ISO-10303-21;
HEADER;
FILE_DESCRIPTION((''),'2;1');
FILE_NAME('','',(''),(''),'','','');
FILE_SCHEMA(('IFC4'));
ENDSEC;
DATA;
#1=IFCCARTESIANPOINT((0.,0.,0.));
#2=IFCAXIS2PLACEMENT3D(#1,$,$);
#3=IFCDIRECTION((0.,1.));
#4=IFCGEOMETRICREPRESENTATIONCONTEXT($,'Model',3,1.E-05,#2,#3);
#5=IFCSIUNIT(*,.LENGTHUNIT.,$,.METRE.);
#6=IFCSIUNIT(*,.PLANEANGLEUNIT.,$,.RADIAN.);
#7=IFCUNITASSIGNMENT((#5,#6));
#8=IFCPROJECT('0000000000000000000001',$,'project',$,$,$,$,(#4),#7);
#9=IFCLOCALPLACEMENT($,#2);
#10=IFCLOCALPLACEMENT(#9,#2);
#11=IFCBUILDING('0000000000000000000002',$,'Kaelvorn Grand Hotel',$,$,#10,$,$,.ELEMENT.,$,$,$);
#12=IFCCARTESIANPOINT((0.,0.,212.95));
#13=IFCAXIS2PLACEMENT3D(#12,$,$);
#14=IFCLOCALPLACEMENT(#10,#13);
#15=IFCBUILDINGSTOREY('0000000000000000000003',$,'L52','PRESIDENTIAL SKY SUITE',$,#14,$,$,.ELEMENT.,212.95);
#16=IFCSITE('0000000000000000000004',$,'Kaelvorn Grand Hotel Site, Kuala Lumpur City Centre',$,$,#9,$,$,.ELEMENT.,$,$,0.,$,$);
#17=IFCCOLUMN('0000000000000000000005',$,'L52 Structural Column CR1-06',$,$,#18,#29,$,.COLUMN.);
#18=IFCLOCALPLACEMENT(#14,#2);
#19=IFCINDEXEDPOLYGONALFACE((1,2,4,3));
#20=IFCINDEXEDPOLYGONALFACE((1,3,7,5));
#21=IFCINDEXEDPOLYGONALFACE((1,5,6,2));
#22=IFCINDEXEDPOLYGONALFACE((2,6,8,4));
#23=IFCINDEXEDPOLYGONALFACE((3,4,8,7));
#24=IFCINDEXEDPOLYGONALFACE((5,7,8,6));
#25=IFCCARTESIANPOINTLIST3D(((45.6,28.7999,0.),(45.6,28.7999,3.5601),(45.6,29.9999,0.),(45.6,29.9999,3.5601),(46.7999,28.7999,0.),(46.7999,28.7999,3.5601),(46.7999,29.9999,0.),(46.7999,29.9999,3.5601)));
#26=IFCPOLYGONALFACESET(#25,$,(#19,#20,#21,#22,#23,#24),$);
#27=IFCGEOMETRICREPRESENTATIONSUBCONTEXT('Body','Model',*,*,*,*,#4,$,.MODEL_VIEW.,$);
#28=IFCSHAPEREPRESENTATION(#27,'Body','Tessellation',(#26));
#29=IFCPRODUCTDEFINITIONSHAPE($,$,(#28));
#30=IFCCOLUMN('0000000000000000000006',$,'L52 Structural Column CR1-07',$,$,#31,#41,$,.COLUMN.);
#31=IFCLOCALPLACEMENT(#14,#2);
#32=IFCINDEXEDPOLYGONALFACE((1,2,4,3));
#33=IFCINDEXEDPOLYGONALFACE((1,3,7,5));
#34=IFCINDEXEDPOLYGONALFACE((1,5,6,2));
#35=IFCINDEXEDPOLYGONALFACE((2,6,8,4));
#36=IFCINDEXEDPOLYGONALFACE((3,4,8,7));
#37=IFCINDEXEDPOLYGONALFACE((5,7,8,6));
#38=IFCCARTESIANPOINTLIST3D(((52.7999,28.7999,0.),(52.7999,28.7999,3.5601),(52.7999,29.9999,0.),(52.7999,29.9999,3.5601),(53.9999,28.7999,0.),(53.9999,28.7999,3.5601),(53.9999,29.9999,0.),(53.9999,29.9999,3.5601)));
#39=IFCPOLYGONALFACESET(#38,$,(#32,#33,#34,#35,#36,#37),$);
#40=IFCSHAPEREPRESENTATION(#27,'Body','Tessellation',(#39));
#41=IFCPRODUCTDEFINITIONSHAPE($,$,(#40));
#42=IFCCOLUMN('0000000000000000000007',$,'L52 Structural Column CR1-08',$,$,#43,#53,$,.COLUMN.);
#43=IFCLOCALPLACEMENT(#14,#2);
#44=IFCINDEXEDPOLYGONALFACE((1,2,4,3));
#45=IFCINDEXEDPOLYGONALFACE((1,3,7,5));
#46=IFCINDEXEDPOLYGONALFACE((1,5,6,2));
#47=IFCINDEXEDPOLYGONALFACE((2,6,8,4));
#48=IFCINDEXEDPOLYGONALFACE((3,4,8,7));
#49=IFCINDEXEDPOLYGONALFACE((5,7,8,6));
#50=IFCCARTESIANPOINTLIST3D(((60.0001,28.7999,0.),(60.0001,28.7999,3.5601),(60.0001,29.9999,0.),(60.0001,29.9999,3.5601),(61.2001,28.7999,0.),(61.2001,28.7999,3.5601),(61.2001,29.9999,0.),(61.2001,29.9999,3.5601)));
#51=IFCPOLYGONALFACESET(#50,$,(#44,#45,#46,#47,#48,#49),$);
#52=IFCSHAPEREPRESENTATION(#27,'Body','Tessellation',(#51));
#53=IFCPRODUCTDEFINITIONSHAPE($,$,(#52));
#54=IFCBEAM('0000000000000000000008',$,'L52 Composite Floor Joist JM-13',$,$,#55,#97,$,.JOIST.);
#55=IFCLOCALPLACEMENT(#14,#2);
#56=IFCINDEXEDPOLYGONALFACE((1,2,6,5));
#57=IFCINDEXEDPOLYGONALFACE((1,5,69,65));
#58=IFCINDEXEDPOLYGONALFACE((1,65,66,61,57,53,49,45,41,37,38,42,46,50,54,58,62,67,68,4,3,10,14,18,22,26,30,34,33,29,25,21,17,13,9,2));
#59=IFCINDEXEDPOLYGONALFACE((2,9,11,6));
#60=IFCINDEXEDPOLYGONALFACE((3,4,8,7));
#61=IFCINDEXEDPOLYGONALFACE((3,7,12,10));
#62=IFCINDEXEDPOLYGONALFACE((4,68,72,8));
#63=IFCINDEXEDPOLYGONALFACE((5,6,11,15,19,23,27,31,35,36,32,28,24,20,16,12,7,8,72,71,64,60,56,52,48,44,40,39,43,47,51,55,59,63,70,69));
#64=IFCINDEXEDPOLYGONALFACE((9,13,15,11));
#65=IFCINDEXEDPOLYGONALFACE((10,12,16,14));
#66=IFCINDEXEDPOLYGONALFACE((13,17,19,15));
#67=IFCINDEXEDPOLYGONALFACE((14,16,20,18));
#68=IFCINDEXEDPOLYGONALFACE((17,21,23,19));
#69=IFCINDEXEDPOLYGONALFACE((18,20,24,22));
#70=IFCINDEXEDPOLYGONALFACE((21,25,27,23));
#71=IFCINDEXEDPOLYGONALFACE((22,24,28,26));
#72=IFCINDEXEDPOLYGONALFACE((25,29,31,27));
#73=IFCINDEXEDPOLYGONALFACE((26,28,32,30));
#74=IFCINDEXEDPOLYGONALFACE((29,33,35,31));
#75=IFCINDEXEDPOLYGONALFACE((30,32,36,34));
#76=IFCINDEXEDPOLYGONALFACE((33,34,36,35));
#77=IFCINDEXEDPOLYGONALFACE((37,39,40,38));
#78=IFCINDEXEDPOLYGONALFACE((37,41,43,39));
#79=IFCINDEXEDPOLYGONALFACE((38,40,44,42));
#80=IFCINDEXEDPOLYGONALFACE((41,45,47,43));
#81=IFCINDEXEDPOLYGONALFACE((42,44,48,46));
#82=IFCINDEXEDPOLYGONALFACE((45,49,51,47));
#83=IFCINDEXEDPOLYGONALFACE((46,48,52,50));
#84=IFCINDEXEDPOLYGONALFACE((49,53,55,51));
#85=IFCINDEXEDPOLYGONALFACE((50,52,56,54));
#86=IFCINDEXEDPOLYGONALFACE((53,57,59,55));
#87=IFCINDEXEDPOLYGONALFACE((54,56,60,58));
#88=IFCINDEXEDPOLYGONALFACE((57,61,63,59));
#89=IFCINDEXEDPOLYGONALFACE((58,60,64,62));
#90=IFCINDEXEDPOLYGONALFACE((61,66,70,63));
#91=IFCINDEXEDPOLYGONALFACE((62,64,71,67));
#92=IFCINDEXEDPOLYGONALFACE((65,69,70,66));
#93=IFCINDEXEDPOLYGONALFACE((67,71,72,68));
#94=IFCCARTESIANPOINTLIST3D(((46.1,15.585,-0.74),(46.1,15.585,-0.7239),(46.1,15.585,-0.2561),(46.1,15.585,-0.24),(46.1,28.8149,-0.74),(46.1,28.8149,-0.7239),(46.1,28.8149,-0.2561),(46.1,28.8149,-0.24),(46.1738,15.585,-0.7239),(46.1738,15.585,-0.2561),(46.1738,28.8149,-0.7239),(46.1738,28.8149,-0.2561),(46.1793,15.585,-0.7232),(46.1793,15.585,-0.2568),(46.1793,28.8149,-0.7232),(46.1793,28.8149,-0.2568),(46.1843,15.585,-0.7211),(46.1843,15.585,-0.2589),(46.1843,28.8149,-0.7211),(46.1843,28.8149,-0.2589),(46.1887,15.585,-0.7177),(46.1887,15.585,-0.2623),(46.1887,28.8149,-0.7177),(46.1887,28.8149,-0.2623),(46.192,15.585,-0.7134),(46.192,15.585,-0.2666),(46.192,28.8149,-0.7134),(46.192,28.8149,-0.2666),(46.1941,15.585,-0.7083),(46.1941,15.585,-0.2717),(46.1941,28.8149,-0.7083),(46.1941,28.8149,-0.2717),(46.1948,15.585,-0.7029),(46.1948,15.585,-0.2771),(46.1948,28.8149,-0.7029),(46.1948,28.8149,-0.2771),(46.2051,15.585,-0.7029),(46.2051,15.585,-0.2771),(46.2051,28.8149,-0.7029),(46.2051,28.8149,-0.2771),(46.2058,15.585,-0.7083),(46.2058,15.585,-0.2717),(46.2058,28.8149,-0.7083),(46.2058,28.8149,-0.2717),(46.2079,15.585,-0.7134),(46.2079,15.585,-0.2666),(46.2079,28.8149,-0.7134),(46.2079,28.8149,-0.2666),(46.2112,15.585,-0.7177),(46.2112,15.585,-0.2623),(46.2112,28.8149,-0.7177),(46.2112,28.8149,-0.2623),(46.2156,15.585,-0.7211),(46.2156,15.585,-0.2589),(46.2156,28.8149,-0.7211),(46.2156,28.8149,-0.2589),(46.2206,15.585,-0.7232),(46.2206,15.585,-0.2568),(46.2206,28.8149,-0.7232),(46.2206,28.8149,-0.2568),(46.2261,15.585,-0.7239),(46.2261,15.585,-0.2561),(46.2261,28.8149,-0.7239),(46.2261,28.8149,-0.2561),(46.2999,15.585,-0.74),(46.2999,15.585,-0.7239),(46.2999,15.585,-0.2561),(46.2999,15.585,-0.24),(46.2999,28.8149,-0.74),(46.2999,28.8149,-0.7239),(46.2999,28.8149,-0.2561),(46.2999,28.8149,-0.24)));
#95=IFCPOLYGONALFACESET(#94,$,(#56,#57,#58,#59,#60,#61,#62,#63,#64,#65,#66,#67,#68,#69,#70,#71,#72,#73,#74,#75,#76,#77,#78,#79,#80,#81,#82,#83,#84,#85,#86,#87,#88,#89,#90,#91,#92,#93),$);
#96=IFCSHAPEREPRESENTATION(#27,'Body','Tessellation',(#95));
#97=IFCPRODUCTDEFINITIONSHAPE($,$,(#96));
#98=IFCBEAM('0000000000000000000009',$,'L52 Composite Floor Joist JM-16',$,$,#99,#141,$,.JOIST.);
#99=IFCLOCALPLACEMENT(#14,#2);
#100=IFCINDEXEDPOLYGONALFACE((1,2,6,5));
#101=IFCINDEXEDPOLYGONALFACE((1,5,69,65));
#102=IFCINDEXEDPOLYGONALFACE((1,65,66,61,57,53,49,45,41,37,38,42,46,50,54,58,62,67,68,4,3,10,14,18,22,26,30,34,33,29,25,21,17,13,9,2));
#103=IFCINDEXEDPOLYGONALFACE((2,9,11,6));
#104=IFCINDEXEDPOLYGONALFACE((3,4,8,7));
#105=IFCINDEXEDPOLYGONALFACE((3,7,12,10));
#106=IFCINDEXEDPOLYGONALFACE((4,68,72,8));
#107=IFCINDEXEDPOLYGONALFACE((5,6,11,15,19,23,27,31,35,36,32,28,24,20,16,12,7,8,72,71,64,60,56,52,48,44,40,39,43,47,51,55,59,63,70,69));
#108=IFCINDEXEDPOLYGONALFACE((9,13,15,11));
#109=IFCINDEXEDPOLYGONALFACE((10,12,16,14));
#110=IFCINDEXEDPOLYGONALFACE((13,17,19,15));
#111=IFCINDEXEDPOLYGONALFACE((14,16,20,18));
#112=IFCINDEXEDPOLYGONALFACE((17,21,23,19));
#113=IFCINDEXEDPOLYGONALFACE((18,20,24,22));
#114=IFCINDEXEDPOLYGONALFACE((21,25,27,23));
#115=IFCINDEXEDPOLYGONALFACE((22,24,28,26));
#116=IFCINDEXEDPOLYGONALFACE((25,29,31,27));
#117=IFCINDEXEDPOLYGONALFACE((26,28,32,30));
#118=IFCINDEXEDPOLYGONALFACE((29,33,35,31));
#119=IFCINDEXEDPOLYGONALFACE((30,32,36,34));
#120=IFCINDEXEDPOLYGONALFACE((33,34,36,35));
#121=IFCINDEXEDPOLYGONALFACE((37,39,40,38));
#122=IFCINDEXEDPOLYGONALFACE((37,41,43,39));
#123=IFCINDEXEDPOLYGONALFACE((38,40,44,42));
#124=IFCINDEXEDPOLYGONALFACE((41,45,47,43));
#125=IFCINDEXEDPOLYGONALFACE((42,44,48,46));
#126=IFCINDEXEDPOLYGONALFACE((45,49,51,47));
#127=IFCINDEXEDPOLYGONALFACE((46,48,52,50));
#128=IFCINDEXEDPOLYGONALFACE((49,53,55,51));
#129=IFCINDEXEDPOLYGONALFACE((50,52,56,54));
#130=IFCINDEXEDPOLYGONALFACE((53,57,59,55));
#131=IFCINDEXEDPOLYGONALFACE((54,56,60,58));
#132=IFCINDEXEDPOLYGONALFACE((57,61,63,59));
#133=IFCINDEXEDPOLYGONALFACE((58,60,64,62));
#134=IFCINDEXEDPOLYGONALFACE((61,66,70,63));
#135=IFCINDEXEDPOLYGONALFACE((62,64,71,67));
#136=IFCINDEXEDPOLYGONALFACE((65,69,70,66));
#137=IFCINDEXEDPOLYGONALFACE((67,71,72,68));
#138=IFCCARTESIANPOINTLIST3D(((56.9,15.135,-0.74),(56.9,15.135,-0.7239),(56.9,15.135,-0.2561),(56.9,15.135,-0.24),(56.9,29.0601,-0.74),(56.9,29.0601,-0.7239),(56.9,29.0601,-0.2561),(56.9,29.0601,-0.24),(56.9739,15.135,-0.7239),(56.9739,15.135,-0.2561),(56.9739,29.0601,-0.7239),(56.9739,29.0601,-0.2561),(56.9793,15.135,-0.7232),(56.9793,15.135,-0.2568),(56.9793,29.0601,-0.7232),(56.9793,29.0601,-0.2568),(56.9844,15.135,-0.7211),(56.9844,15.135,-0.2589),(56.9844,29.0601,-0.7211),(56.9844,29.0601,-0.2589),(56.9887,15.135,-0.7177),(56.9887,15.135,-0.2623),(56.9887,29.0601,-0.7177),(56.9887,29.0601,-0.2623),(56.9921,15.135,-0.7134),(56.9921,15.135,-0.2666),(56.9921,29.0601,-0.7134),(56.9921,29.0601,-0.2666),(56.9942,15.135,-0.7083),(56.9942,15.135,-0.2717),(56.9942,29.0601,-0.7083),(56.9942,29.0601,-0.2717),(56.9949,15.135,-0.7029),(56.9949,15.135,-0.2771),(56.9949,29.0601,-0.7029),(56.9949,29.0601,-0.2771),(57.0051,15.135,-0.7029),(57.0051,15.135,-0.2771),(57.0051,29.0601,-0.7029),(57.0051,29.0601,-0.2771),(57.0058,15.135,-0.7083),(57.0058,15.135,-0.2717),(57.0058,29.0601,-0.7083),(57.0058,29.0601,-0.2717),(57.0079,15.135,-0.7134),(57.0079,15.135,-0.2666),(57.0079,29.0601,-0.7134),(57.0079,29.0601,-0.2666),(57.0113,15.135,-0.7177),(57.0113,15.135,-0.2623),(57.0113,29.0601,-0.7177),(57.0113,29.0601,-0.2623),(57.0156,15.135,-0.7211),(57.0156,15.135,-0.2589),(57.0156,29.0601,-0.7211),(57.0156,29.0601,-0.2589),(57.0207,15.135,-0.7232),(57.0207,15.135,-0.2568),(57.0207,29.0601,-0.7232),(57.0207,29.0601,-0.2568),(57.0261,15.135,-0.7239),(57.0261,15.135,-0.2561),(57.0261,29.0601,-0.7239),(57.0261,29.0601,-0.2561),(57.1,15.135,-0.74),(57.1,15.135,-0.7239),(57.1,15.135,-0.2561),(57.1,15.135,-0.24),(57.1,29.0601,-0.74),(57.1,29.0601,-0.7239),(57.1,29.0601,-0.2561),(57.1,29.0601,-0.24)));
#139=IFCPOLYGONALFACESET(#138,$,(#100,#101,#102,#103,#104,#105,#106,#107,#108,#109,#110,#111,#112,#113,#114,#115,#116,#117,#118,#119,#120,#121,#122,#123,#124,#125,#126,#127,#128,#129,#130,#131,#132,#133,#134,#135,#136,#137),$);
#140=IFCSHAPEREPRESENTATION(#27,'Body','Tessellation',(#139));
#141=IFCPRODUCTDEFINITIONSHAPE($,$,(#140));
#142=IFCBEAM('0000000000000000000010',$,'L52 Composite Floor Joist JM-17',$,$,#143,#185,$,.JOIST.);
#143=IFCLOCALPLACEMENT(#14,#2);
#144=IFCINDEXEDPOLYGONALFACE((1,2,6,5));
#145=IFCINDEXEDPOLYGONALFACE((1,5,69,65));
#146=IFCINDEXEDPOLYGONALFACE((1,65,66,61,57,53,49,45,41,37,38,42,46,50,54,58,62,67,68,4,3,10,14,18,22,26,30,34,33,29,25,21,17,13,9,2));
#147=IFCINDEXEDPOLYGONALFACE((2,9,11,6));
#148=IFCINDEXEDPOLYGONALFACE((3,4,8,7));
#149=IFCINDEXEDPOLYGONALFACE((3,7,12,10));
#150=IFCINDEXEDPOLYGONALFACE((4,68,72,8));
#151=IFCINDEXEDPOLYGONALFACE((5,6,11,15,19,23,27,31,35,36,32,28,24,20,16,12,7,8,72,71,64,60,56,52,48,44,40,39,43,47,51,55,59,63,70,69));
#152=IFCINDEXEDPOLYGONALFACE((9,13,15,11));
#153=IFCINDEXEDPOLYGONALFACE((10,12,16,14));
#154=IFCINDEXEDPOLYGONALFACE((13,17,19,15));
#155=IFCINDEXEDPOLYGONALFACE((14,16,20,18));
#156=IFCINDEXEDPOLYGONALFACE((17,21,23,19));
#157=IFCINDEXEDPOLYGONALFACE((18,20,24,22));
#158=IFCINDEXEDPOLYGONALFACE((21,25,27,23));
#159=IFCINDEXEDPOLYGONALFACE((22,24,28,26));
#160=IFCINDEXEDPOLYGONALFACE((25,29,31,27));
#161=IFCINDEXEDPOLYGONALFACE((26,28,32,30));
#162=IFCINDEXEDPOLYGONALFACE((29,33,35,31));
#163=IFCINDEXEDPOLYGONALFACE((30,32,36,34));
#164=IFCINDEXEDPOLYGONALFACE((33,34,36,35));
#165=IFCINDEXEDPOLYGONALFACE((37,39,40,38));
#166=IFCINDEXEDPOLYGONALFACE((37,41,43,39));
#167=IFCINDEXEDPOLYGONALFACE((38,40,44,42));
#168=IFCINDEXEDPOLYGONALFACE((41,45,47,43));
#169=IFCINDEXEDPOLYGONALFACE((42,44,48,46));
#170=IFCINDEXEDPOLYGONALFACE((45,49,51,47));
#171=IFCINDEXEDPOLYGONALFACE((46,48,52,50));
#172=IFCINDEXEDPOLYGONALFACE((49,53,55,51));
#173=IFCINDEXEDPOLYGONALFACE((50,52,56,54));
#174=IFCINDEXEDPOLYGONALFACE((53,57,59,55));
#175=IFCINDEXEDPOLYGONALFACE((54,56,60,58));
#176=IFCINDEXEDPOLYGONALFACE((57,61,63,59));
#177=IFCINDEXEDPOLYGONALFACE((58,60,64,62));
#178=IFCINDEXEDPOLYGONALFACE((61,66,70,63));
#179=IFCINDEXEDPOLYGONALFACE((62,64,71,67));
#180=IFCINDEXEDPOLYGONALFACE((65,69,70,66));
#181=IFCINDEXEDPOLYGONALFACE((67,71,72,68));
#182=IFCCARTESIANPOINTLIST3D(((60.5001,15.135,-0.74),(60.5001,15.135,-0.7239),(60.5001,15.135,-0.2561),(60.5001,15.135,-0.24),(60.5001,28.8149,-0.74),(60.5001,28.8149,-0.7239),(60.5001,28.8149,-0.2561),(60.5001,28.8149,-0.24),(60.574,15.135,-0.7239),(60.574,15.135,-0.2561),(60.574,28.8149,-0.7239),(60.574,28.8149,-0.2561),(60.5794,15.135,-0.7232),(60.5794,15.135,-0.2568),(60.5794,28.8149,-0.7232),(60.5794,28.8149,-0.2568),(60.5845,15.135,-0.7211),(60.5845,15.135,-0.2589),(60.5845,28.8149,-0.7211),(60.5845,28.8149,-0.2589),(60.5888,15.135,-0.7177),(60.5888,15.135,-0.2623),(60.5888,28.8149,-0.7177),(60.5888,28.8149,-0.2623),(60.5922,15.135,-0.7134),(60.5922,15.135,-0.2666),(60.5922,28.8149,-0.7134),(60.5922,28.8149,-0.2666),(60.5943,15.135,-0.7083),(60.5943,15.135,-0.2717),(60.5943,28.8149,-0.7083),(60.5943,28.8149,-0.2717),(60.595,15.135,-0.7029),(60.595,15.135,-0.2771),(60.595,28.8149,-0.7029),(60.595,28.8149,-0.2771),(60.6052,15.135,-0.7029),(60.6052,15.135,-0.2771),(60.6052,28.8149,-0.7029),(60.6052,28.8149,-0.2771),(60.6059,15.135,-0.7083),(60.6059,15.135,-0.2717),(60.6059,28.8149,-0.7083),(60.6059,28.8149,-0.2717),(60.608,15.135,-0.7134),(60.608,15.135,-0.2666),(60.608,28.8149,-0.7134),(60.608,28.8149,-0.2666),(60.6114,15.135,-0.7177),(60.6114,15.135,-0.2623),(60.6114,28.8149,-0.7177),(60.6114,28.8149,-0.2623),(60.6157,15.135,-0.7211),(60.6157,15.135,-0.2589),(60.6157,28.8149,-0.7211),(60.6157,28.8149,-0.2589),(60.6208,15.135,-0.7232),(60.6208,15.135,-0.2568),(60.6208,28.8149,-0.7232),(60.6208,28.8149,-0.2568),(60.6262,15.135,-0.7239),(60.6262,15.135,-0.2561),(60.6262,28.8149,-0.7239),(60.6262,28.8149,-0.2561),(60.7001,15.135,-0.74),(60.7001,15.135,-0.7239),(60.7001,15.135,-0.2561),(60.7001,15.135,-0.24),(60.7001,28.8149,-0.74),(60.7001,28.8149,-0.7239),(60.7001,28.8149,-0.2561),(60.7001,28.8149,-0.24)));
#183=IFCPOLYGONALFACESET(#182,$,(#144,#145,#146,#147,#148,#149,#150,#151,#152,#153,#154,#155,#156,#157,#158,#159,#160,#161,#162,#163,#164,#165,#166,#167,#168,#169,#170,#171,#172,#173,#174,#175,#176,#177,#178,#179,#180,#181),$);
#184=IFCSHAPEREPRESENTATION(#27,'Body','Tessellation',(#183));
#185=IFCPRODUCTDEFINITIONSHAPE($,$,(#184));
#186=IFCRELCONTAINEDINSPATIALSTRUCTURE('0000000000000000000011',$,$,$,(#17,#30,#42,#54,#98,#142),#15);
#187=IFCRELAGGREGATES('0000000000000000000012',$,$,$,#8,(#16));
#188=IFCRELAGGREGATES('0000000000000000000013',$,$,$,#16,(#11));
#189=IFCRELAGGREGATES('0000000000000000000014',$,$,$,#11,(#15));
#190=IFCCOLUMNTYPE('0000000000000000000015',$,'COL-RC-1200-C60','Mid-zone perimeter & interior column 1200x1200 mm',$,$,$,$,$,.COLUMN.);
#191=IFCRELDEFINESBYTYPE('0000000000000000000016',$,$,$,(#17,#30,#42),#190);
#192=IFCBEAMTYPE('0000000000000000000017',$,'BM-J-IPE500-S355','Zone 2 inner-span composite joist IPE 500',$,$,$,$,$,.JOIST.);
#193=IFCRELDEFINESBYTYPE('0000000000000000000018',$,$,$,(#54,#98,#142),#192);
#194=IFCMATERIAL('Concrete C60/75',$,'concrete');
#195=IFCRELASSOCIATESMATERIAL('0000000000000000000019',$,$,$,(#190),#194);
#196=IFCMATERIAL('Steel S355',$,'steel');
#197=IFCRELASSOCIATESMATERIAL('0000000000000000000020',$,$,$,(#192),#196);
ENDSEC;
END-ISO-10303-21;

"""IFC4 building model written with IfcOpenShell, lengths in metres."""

from ifc_helpers import new_model, si_unit, direction, frame, origin, origin_2d, place, context, subcontext, project, spatial, rectangle, i_section, extrude, material, material_profile, profile_set, type_object, element, save


model = new_model("IFC4")

# Units and contexts
model_context = context("Model", 3, precision=1e-05, world=origin(), true_north=direction((0.0, 1.0)))
body_context = subcontext(model_context, "Body", "Model", "MODEL_VIEW")
ifc_project = project(units=[si_unit("LENGTHUNIT", "METRE"), si_unit("PLANEANGLEUNIT", "RADIAN")], contexts=[model_context])

# Site, building, storey
site_placement = place(None, origin())
site = spatial("IfcSite", under=ifc_project, at=site_placement, Name="Kaelvorn Grand Hotel Site, Kuala Lumpur City Centre", CompositionType="ELEMENT", RefElevation=0.0)
building_placement = place(site_placement, origin())
building = spatial("IfcBuilding", under=site, at=building_placement, Name="Kaelvorn Grand Hotel", CompositionType="ELEMENT")
storey_placement = place(building_placement, frame((0.0, 0.0, 212.95)))
storey = spatial("IfcBuildingStorey", under=building, at=storey_placement, Name="L52", Description="PRESIDENTIAL SKY SUITE", CompositionType="ELEMENT", Elevation=212.95)

# Columns
ifc_material_1 = material(Name="Concrete C60/75", Category="concrete")
ifc_material_profile_1 = material_profile(ifc_material_1, rectangle(XDim=1.2, YDim=1.2, at=origin_2d()), Name="RC COL 1200x1200")
ifc_profile_set_1 = profile_set([ifc_material_profile_1], Name="Concrete C60/75")
column_type = type_object("IfcColumnType", Name="COL-RC-1200-C60", Description="Mid-zone perimeter & interior column 1200x1200 mm", PredefinedType="COLUMN", material=ifc_profile_set_1)
for number, where, z_axis, x_axis, name in (
    (1, (46.2, 29.3999, 0.0), (0.0, 0.0, 1.0), (1.0, 0.0, 0.0), "L52 Structural Column CR1-06"),
    (2, (53.3999, 29.3999, 0.0), (0.0, 0.0, 1.0), (1.0, 0.0, 0.0), "L52 Structural Column CR1-07"),
    (3, (60.6001, 29.3999, 0.0), (0.0, 0.0, 1.0), (1.0, 0.0, 0.0), "L52 Structural Column CR1-08"),
):
    element("IfcColumn", number, at=place(storey_placement, frame(where, z_axis=z_axis, x_axis=x_axis)), inside=storey, type_object=column_type, Name=name, PredefinedType="COLUMN", context=body_context, shape_type="SweptSolid", body=[
        extrude(rectangle(XDim=1.2, YDim=1.2, at=origin_2d()), origin(), (0.0, 0.0, 1.0), 3.5601),
    ])

# Beams
ifc_material_2 = material(Name="Steel S355", Category="steel")
ifc_material_profile_2 = material_profile(ifc_material_2, i_section(OverallWidth=0.2, OverallDepth=0.5, WebThickness=0.0103, FlangeThickness=0.0161, FilletRadius=0.021, at=origin_2d()), Name="IPE 500")
ifc_profile_set_2 = profile_set([ifc_material_profile_2], Name="Steel S355")
beam_type_1 = type_object("IfcBeamType", Name="BM-J-IPE500-S355", Description="Zone 2 inner-span composite joist IPE 500", PredefinedType="JOIST", material=ifc_profile_set_2)
beam_1_placement = place(storey_placement, frame((46.2, 15.585, -0.49), z_axis=(0.0, 1.0, 0.0), x_axis=(-1.0, 0.0, 0.0)))
element("IfcBeam", 4, at=beam_1_placement, inside=storey, type_object=beam_type_1, Name="L52 Composite Floor Joist JM-13", PredefinedType="JOIST", context=body_context, shape_type="SweptSolid", body=[
    extrude(i_section(OverallWidth=0.2, OverallDepth=0.5, WebThickness=0.0103, FlangeThickness=0.0161, FilletRadius=0.021, at=origin_2d()), origin(), (0.0, 0.0, 1.0), 13.23),
])
beam_2_placement = place(storey_placement, frame((57.0, 15.135, -0.49), z_axis=(0.0, 1.0, 0.0), x_axis=(-1.0, 0.0, 0.0)))
element("IfcBeam", 5, at=beam_2_placement, inside=storey, type_object=beam_type_1, Name="L52 Composite Floor Joist JM-16", PredefinedType="JOIST", context=body_context, shape_type="SweptSolid", body=[
    extrude(i_section(OverallWidth=0.2, OverallDepth=0.5, WebThickness=0.0103, FlangeThickness=0.0161, FilletRadius=0.021, at=origin_2d()), origin(), (0.0, 0.0, 1.0), 13.925),
])
beam_3_placement = place(storey_placement, frame((60.6001, 15.135, -0.49), z_axis=(0.0, 1.0, 0.0), x_axis=(-1.0, 0.0, 0.0)))
element("IfcBeam", 6, at=beam_3_placement, inside=storey, type_object=beam_type_1, Name="L52 Composite Floor Joist JM-17", PredefinedType="JOIST", context=body_context, shape_type="SweptSolid", body=[
    extrude(i_section(OverallWidth=0.2, OverallDepth=0.5, WebThickness=0.0103, FlangeThickness=0.0161, FilletRadius=0.021, at=origin_2d()), origin(), (0.0, 0.0, 1.0), 13.6799),
])

save(model, "model.ifc")
